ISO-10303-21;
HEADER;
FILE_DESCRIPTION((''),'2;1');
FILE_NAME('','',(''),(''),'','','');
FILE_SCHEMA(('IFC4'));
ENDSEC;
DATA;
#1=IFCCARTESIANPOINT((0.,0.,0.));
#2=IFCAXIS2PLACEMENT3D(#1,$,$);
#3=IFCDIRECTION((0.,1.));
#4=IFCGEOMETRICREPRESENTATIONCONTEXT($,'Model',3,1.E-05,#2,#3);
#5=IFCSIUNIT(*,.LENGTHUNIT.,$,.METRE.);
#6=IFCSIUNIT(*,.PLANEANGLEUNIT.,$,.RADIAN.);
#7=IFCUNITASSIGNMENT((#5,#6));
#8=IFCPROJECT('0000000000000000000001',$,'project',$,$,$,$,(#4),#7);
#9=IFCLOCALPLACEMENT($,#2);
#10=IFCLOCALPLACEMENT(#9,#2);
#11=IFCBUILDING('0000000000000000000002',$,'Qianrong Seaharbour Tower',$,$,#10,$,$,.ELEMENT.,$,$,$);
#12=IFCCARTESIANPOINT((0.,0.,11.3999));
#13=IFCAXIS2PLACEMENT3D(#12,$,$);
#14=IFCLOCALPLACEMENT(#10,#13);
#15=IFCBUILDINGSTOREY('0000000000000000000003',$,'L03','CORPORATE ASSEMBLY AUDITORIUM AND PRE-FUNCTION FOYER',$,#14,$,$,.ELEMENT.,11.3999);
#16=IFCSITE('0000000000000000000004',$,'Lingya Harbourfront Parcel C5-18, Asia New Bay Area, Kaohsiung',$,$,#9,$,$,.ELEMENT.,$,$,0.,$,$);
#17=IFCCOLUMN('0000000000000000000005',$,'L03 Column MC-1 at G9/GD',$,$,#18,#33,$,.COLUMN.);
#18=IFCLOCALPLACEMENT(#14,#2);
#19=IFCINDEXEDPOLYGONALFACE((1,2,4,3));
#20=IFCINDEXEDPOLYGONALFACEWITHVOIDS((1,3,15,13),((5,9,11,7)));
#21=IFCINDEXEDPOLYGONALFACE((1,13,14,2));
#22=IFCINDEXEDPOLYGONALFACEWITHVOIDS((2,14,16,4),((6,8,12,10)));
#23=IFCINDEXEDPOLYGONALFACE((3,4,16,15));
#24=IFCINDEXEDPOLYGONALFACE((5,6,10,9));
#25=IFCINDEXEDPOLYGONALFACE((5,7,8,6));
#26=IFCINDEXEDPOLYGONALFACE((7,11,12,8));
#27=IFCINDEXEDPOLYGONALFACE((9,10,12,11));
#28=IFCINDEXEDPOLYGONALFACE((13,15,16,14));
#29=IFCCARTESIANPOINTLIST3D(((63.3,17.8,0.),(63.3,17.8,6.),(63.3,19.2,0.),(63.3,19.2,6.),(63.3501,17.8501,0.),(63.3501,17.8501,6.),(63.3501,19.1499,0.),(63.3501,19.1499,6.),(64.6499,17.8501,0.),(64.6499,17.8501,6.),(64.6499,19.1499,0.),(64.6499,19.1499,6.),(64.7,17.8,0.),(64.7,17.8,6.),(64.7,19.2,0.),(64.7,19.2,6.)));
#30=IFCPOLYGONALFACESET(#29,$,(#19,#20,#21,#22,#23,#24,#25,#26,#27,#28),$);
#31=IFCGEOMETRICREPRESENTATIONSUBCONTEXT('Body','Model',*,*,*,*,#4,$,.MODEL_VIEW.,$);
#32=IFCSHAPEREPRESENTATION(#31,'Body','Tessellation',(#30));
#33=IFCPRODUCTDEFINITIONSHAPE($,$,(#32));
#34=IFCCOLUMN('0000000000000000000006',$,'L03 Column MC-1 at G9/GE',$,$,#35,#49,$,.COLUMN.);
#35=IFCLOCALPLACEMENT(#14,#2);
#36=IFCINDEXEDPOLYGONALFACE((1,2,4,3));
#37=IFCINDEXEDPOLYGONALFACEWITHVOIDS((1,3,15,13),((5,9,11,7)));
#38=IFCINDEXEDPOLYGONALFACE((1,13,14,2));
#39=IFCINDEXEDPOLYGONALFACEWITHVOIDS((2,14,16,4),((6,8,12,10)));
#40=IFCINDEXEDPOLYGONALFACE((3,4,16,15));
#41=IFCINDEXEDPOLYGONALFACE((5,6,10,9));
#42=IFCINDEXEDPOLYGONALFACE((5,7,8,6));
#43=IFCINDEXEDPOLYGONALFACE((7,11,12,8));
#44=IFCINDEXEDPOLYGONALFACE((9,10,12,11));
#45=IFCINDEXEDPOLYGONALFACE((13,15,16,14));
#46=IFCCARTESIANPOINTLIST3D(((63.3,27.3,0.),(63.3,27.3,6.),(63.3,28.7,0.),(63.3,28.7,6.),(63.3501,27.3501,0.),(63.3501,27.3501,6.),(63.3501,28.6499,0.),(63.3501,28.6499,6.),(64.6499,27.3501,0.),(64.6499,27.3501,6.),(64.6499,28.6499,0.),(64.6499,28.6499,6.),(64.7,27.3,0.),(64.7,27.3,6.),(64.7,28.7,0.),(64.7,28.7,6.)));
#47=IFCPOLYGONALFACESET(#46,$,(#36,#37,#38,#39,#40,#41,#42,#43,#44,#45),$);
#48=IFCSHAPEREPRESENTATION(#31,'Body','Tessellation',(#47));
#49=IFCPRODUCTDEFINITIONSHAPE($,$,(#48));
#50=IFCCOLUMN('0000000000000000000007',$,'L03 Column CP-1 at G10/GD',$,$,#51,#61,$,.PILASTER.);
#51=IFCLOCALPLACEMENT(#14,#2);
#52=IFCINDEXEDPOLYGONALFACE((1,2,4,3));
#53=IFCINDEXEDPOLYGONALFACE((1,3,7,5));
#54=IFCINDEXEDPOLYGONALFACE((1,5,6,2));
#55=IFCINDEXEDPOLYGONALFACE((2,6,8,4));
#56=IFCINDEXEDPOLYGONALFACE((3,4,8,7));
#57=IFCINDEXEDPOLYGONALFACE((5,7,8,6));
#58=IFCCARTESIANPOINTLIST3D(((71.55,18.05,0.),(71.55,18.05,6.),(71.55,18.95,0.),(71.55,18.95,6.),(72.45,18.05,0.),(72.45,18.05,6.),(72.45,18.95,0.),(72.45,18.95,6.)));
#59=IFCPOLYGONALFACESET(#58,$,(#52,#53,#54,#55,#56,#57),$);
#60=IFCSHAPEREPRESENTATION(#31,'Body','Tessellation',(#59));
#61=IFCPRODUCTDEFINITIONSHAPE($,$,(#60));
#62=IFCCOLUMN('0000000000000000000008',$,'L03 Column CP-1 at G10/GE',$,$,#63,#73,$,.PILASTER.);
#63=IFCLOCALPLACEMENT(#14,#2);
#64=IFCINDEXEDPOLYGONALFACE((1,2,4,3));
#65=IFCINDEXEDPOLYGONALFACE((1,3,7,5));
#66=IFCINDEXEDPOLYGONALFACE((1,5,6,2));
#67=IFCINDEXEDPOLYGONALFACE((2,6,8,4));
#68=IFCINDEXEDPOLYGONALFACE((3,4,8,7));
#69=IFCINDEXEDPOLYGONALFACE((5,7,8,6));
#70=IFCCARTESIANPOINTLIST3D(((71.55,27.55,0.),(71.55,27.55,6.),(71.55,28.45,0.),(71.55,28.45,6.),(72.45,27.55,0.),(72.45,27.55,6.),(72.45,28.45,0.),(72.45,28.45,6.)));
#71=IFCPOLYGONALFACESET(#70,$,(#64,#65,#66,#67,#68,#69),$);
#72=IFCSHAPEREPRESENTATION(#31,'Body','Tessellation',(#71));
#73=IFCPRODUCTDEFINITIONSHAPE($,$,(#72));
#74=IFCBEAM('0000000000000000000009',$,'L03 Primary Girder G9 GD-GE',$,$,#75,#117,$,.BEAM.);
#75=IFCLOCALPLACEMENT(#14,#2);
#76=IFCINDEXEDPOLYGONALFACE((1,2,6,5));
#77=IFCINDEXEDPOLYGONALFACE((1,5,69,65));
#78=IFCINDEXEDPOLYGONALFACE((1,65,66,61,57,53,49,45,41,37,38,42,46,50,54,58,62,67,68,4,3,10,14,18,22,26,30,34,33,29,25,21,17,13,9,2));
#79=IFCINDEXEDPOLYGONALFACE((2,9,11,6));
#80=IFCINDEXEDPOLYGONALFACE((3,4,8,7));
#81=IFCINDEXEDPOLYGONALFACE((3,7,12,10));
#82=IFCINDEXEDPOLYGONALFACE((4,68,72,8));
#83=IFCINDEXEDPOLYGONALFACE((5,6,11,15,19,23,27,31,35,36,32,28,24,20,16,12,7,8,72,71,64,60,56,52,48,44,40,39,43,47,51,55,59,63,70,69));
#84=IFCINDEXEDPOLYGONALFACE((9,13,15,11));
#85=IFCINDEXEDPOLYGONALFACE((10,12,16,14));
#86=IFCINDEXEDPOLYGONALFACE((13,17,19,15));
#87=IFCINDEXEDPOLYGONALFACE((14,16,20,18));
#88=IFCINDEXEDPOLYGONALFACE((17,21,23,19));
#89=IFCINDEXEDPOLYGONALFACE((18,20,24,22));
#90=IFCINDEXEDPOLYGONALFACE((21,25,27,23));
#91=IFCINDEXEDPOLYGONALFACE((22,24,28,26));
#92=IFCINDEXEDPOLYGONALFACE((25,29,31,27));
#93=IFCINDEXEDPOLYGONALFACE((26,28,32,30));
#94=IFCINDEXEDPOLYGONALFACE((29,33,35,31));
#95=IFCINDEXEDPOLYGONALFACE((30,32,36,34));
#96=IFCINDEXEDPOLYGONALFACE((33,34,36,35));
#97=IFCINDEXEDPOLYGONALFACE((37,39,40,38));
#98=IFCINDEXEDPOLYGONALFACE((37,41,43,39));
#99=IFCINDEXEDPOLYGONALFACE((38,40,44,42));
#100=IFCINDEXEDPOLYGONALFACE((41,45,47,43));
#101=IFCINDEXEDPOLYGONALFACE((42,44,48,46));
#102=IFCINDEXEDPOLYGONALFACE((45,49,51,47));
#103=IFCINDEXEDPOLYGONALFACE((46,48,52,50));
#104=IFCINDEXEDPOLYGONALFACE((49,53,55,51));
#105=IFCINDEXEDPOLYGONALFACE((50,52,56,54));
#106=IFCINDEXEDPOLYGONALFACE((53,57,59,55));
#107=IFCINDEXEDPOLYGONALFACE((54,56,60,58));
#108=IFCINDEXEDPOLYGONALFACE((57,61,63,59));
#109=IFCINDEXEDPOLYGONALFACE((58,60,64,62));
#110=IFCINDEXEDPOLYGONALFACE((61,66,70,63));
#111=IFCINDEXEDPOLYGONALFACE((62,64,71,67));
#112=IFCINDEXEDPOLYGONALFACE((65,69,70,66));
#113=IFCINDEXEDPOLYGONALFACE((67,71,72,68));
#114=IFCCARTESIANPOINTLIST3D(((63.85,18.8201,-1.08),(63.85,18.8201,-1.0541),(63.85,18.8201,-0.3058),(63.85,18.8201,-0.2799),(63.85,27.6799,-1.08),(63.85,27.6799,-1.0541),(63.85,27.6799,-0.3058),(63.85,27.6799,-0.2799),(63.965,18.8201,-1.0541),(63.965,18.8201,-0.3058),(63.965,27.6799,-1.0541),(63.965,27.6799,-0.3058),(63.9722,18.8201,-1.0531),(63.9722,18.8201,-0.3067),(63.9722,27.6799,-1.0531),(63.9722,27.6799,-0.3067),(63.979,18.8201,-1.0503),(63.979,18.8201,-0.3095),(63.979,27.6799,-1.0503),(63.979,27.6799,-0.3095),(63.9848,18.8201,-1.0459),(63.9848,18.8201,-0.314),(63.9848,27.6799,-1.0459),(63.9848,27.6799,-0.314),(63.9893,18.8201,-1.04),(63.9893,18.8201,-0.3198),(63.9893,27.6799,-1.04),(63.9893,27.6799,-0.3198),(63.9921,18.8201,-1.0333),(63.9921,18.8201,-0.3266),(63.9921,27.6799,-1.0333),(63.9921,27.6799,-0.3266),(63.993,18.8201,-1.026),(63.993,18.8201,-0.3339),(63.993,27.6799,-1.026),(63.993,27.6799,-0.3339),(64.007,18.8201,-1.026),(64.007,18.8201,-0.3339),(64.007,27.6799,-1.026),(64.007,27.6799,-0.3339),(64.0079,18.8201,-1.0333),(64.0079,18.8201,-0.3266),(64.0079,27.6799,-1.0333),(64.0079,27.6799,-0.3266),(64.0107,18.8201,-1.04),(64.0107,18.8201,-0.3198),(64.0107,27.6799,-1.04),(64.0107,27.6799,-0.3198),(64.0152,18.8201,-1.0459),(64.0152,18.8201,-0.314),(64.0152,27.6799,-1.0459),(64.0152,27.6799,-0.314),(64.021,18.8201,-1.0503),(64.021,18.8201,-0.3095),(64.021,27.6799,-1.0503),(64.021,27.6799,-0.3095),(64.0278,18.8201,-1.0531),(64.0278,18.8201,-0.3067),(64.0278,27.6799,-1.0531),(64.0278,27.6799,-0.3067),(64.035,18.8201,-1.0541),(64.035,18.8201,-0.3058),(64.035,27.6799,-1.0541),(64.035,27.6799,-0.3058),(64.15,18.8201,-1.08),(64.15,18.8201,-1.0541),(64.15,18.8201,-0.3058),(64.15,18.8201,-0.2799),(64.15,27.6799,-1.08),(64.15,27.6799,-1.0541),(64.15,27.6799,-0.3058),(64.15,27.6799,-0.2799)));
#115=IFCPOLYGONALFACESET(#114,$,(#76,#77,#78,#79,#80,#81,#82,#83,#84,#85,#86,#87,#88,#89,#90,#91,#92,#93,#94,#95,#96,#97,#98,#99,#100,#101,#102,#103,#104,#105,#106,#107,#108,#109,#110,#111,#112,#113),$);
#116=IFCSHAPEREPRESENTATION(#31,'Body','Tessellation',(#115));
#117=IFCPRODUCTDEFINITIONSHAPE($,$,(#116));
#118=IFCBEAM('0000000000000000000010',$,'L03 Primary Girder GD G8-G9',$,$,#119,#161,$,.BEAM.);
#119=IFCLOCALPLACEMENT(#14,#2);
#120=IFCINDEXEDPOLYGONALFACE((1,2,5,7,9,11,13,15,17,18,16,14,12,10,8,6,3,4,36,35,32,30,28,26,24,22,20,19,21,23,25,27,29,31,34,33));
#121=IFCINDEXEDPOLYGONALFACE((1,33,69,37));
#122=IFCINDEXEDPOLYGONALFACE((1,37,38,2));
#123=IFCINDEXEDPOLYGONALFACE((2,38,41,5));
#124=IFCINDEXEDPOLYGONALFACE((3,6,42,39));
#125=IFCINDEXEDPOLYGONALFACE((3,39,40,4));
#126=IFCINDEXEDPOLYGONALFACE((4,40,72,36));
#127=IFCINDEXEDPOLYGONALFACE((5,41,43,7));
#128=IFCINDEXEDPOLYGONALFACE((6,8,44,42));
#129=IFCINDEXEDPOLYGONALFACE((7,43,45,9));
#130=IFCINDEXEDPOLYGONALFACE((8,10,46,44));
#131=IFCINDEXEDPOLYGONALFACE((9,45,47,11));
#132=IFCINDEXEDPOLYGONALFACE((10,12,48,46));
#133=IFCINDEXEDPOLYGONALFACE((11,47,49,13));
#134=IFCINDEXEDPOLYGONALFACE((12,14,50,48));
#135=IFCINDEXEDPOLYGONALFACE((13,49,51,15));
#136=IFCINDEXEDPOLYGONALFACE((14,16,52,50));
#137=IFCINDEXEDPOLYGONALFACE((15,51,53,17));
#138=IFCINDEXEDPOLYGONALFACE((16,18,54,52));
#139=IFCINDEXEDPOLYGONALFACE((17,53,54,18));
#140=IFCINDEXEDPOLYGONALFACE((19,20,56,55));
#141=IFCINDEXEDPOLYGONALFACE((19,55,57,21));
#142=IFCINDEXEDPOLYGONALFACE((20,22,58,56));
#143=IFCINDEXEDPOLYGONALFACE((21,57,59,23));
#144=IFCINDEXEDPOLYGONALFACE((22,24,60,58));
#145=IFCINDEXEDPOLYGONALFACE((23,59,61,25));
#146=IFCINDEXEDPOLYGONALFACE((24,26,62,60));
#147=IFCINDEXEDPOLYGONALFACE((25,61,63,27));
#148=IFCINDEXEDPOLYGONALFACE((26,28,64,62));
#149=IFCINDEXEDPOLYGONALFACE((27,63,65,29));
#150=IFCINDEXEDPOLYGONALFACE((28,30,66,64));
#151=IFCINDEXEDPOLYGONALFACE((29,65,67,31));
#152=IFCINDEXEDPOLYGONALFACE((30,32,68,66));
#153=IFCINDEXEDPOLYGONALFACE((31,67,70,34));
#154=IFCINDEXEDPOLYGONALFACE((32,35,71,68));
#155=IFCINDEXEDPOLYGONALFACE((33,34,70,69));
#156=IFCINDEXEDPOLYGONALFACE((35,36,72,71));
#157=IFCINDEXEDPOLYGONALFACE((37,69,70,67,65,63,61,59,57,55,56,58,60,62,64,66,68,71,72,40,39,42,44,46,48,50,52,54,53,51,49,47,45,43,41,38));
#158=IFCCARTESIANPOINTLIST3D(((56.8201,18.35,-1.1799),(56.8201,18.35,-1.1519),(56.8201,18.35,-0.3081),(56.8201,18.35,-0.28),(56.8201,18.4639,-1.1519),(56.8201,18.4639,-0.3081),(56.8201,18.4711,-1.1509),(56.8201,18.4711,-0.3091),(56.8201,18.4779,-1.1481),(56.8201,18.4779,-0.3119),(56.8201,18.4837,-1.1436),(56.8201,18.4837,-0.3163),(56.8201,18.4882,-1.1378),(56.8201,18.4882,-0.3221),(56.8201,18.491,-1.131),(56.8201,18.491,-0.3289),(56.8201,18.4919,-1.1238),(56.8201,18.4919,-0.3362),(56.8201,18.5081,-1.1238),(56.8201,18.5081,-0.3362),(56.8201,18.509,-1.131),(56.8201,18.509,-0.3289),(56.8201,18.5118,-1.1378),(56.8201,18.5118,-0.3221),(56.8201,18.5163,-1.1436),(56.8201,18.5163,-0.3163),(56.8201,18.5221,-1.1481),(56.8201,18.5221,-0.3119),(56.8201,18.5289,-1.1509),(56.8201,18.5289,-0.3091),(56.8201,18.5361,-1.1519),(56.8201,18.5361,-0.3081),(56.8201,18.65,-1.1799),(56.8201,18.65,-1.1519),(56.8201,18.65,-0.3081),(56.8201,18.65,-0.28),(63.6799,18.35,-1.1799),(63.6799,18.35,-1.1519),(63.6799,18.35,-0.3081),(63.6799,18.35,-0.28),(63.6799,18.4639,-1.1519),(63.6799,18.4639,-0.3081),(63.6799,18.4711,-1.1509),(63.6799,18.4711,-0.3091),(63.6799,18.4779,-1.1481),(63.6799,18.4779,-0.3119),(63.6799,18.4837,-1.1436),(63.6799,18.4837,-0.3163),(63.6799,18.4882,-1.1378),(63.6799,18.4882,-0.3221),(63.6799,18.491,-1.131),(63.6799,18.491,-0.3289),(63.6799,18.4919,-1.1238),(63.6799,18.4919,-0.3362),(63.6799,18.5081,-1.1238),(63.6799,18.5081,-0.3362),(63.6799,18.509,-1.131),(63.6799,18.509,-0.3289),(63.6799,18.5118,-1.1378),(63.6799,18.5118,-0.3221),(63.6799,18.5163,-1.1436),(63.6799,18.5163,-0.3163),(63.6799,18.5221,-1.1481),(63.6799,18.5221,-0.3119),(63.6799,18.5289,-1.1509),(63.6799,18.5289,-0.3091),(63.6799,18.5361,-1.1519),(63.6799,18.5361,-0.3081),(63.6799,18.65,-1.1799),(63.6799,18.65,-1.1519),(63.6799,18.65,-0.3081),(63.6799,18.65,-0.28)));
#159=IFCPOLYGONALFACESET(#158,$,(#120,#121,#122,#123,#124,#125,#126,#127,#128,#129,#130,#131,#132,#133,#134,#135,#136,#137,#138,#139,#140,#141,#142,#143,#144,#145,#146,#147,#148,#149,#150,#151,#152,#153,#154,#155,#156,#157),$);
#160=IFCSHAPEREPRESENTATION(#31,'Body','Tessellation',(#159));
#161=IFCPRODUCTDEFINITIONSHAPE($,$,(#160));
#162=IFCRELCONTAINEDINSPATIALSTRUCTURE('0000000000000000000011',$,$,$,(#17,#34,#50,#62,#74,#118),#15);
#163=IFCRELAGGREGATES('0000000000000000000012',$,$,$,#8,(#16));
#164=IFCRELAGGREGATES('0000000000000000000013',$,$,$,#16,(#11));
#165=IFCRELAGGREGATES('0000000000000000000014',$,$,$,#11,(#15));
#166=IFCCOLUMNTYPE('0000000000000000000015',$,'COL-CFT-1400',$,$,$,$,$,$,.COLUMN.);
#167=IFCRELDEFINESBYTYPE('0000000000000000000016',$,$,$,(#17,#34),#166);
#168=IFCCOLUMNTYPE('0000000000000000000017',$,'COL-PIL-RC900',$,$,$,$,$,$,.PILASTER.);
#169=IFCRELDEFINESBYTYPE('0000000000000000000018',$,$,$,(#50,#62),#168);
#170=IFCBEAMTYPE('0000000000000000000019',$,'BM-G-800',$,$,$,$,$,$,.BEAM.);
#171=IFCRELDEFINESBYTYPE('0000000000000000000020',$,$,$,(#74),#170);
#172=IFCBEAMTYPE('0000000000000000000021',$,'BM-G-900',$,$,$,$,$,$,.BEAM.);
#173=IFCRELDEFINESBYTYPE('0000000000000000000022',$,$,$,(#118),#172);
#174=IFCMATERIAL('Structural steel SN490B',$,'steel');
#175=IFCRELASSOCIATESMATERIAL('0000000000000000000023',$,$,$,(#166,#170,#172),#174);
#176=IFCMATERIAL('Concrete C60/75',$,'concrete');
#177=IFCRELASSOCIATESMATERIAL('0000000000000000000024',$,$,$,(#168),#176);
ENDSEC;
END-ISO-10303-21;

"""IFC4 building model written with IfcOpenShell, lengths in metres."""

from ifc_helpers import new_model, si_unit, direction, frame, origin, origin_2d, place, context, subcontext, project, spatial, rectangle, hollow_rectangle, i_section, extrude, material, material_profile, profile_set, type_object, element, save


model = new_model("IFC4")

# Units and contexts
model_context = context("Model", 3, precision=1e-05, world=origin(), true_north=direction((0.0, 1.0)))
body_context = subcontext(model_context, "Body", "Model", "MODEL_VIEW")
ifc_project = project(units=[si_unit("LENGTHUNIT", "METRE"), si_unit("PLANEANGLEUNIT", "RADIAN")], contexts=[model_context])

# Site, building, storey
site_placement = place(None, origin())
site = spatial("IfcSite", under=ifc_project, at=site_placement, Name="Lingya Harbourfront Parcel C5-18, Asia New Bay Area, Kaohsiung", CompositionType="ELEMENT", RefElevation=0.0)
building_placement = place(site_placement, origin())
building = spatial("IfcBuilding", under=site, at=building_placement, Name="Qianrong Seaharbour Tower", CompositionType="ELEMENT")
storey_placement = place(building_placement, frame((0.0, 0.0, 11.3999)))
storey = spatial("IfcBuildingStorey", under=building, at=storey_placement, Name="L03", Description="CORPORATE ASSEMBLY AUDITORIUM AND PRE-FUNCTION FOYER", CompositionType="ELEMENT", Elevation=11.3999)

# Columns
ifc_material_1 = material(Name="Structural steel SN490B", Category="steel")
ifc_material_profile_1 = material_profile(ifc_material_1, hollow_rectangle(XDim=1.3999, YDim=1.3999, WallThickness=0.05, at=origin_2d()), Name="BOX1400x1400x50")
ifc_profile_set_1 = profile_set([ifc_material_profile_1], Name="Structural steel SN490B")
column_type_1 = type_object("IfcColumnType", Name="COL-CFT-1400", PredefinedType="COLUMN", material=ifc_profile_set_1)
for number, where, z_axis, x_axis, name in (
    (1, (64.0, 18.5, 0.0), (0.0, 0.0, 1.0), (1.0, 0.0, 0.0), "L03 Column MC-1 at G9/GD"),
    (2, (64.0, 28.0, 0.0), (0.0, 0.0, 1.0), (1.0, 0.0, 0.0), "L03 Column MC-1 at G9/GE"),
):
    element("IfcColumn", number, at=place(storey_placement, frame(where, z_axis=z_axis, x_axis=x_axis)), inside=storey, type_object=column_type_1, Name=name, PredefinedType="COLUMN", context=body_context, shape_type="SweptSolid", body=[
        extrude(hollow_rectangle(XDim=1.3999, YDim=1.3999, WallThickness=0.05, at=origin_2d()), origin(), (0.0, 0.0, 1.0), 6.0),
    ])
ifc_material_2 = material(Name="Concrete C60/75", Category="concrete")
ifc_material_profile_2 = material_profile(ifc_material_2, rectangle(XDim=0.8999, YDim=0.8999, at=origin_2d()), Name="RC900x900")
ifc_profile_set_2 = profile_set([ifc_material_profile_2], Name="Concrete C60/75")
column_type_2 = type_object("IfcColumnType", Name="COL-PIL-RC900", PredefinedType="PILASTER", material=ifc_profile_set_2)
for number, where, z_axis, x_axis, name in (
    (3, (72.0, 18.5, 0.0), (0.0, 0.0, 1.0), (1.0, 0.0, 0.0), "L03 Column CP-1 at G10/GD"),
    (4, (72.0, 28.0, 0.0), (0.0, 0.0, 1.0), (1.0, 0.0, 0.0), "L03 Column CP-1 at G10/GE"),
):
    element("IfcColumn", number, at=place(storey_placement, frame(where, z_axis=z_axis, x_axis=x_axis)), inside=storey, type_object=column_type_2, Name=name, PredefinedType="PILASTER", context=body_context, shape_type="SweptSolid", body=[
        extrude(rectangle(XDim=0.8999, YDim=0.8999, at=origin_2d()), origin(), (0.0, 0.0, 1.0), 6.0),
    ])

# Beams
ifc_material_profile_3 = material_profile(ifc_material_1, i_section(OverallWidth=0.3, OverallDepth=0.8, WebThickness=0.0139, FlangeThickness=0.0259, FilletRadius=0.0281, at=origin_2d()), Name="H800x300x14x26")
ifc_profile_set_3 = profile_set([ifc_material_profile_3], Name="Structural steel SN490B")
beam_type_1 = type_object("IfcBeamType", Name="BM-G-800", PredefinedType="BEAM", material=ifc_profile_set_3)
beam_1_placement = place(storey_placement, frame((64.0, 18.8201, -0.6799), z_axis=(0.0, 1.0, 0.0), x_axis=(-1.0, 0.0, 0.0)))
element("IfcBeam", 5, at=beam_1_placement, inside=storey, type_object=beam_type_1, Name="L03 Primary Girder G9 GD-GE", PredefinedType="BEAM", context=body_context, shape_type="SweptSolid", body=[
    extrude(i_section(OverallWidth=0.3, OverallDepth=0.8, WebThickness=0.0139, FlangeThickness=0.0259, FilletRadius=0.0281, at=origin_2d()), origin(), (0.0, 0.0, 1.0), 8.8599),
])
ifc_material_profile_4 = material_profile(ifc_material_1, i_section(OverallWidth=0.3, OverallDepth=0.8999, WebThickness=0.0161, FlangeThickness=0.0281, FilletRadius=0.0281, at=origin_2d()), Name="H900x300x16x28")
ifc_profile_set_4 = profile_set([ifc_material_profile_4], Name="Structural steel SN490B")
beam_type_2 = type_object("IfcBeamType", Name="BM-G-900", PredefinedType="BEAM", material=ifc_profile_set_4)
beam_2_placement = place(storey_placement, frame((56.8201, 18.5, -0.73), z_axis=(1.0, 0.0, 0.0), x_axis=(0.0, 1.0, 0.0)))
element("IfcBeam", 6, at=beam_2_placement, inside=storey, type_object=beam_type_2, Name="L03 Primary Girder GD G8-G9", PredefinedType="BEAM", context=body_context, shape_type="SweptSolid", body=[
    extrude(i_section(OverallWidth=0.3, OverallDepth=0.8999, WebThickness=0.0161, FlangeThickness=0.0281, FilletRadius=0.0281, at=origin_2d()), origin(), (0.0, 0.0, 1.0), 6.8599),
])

save(model, "model.ifc")
